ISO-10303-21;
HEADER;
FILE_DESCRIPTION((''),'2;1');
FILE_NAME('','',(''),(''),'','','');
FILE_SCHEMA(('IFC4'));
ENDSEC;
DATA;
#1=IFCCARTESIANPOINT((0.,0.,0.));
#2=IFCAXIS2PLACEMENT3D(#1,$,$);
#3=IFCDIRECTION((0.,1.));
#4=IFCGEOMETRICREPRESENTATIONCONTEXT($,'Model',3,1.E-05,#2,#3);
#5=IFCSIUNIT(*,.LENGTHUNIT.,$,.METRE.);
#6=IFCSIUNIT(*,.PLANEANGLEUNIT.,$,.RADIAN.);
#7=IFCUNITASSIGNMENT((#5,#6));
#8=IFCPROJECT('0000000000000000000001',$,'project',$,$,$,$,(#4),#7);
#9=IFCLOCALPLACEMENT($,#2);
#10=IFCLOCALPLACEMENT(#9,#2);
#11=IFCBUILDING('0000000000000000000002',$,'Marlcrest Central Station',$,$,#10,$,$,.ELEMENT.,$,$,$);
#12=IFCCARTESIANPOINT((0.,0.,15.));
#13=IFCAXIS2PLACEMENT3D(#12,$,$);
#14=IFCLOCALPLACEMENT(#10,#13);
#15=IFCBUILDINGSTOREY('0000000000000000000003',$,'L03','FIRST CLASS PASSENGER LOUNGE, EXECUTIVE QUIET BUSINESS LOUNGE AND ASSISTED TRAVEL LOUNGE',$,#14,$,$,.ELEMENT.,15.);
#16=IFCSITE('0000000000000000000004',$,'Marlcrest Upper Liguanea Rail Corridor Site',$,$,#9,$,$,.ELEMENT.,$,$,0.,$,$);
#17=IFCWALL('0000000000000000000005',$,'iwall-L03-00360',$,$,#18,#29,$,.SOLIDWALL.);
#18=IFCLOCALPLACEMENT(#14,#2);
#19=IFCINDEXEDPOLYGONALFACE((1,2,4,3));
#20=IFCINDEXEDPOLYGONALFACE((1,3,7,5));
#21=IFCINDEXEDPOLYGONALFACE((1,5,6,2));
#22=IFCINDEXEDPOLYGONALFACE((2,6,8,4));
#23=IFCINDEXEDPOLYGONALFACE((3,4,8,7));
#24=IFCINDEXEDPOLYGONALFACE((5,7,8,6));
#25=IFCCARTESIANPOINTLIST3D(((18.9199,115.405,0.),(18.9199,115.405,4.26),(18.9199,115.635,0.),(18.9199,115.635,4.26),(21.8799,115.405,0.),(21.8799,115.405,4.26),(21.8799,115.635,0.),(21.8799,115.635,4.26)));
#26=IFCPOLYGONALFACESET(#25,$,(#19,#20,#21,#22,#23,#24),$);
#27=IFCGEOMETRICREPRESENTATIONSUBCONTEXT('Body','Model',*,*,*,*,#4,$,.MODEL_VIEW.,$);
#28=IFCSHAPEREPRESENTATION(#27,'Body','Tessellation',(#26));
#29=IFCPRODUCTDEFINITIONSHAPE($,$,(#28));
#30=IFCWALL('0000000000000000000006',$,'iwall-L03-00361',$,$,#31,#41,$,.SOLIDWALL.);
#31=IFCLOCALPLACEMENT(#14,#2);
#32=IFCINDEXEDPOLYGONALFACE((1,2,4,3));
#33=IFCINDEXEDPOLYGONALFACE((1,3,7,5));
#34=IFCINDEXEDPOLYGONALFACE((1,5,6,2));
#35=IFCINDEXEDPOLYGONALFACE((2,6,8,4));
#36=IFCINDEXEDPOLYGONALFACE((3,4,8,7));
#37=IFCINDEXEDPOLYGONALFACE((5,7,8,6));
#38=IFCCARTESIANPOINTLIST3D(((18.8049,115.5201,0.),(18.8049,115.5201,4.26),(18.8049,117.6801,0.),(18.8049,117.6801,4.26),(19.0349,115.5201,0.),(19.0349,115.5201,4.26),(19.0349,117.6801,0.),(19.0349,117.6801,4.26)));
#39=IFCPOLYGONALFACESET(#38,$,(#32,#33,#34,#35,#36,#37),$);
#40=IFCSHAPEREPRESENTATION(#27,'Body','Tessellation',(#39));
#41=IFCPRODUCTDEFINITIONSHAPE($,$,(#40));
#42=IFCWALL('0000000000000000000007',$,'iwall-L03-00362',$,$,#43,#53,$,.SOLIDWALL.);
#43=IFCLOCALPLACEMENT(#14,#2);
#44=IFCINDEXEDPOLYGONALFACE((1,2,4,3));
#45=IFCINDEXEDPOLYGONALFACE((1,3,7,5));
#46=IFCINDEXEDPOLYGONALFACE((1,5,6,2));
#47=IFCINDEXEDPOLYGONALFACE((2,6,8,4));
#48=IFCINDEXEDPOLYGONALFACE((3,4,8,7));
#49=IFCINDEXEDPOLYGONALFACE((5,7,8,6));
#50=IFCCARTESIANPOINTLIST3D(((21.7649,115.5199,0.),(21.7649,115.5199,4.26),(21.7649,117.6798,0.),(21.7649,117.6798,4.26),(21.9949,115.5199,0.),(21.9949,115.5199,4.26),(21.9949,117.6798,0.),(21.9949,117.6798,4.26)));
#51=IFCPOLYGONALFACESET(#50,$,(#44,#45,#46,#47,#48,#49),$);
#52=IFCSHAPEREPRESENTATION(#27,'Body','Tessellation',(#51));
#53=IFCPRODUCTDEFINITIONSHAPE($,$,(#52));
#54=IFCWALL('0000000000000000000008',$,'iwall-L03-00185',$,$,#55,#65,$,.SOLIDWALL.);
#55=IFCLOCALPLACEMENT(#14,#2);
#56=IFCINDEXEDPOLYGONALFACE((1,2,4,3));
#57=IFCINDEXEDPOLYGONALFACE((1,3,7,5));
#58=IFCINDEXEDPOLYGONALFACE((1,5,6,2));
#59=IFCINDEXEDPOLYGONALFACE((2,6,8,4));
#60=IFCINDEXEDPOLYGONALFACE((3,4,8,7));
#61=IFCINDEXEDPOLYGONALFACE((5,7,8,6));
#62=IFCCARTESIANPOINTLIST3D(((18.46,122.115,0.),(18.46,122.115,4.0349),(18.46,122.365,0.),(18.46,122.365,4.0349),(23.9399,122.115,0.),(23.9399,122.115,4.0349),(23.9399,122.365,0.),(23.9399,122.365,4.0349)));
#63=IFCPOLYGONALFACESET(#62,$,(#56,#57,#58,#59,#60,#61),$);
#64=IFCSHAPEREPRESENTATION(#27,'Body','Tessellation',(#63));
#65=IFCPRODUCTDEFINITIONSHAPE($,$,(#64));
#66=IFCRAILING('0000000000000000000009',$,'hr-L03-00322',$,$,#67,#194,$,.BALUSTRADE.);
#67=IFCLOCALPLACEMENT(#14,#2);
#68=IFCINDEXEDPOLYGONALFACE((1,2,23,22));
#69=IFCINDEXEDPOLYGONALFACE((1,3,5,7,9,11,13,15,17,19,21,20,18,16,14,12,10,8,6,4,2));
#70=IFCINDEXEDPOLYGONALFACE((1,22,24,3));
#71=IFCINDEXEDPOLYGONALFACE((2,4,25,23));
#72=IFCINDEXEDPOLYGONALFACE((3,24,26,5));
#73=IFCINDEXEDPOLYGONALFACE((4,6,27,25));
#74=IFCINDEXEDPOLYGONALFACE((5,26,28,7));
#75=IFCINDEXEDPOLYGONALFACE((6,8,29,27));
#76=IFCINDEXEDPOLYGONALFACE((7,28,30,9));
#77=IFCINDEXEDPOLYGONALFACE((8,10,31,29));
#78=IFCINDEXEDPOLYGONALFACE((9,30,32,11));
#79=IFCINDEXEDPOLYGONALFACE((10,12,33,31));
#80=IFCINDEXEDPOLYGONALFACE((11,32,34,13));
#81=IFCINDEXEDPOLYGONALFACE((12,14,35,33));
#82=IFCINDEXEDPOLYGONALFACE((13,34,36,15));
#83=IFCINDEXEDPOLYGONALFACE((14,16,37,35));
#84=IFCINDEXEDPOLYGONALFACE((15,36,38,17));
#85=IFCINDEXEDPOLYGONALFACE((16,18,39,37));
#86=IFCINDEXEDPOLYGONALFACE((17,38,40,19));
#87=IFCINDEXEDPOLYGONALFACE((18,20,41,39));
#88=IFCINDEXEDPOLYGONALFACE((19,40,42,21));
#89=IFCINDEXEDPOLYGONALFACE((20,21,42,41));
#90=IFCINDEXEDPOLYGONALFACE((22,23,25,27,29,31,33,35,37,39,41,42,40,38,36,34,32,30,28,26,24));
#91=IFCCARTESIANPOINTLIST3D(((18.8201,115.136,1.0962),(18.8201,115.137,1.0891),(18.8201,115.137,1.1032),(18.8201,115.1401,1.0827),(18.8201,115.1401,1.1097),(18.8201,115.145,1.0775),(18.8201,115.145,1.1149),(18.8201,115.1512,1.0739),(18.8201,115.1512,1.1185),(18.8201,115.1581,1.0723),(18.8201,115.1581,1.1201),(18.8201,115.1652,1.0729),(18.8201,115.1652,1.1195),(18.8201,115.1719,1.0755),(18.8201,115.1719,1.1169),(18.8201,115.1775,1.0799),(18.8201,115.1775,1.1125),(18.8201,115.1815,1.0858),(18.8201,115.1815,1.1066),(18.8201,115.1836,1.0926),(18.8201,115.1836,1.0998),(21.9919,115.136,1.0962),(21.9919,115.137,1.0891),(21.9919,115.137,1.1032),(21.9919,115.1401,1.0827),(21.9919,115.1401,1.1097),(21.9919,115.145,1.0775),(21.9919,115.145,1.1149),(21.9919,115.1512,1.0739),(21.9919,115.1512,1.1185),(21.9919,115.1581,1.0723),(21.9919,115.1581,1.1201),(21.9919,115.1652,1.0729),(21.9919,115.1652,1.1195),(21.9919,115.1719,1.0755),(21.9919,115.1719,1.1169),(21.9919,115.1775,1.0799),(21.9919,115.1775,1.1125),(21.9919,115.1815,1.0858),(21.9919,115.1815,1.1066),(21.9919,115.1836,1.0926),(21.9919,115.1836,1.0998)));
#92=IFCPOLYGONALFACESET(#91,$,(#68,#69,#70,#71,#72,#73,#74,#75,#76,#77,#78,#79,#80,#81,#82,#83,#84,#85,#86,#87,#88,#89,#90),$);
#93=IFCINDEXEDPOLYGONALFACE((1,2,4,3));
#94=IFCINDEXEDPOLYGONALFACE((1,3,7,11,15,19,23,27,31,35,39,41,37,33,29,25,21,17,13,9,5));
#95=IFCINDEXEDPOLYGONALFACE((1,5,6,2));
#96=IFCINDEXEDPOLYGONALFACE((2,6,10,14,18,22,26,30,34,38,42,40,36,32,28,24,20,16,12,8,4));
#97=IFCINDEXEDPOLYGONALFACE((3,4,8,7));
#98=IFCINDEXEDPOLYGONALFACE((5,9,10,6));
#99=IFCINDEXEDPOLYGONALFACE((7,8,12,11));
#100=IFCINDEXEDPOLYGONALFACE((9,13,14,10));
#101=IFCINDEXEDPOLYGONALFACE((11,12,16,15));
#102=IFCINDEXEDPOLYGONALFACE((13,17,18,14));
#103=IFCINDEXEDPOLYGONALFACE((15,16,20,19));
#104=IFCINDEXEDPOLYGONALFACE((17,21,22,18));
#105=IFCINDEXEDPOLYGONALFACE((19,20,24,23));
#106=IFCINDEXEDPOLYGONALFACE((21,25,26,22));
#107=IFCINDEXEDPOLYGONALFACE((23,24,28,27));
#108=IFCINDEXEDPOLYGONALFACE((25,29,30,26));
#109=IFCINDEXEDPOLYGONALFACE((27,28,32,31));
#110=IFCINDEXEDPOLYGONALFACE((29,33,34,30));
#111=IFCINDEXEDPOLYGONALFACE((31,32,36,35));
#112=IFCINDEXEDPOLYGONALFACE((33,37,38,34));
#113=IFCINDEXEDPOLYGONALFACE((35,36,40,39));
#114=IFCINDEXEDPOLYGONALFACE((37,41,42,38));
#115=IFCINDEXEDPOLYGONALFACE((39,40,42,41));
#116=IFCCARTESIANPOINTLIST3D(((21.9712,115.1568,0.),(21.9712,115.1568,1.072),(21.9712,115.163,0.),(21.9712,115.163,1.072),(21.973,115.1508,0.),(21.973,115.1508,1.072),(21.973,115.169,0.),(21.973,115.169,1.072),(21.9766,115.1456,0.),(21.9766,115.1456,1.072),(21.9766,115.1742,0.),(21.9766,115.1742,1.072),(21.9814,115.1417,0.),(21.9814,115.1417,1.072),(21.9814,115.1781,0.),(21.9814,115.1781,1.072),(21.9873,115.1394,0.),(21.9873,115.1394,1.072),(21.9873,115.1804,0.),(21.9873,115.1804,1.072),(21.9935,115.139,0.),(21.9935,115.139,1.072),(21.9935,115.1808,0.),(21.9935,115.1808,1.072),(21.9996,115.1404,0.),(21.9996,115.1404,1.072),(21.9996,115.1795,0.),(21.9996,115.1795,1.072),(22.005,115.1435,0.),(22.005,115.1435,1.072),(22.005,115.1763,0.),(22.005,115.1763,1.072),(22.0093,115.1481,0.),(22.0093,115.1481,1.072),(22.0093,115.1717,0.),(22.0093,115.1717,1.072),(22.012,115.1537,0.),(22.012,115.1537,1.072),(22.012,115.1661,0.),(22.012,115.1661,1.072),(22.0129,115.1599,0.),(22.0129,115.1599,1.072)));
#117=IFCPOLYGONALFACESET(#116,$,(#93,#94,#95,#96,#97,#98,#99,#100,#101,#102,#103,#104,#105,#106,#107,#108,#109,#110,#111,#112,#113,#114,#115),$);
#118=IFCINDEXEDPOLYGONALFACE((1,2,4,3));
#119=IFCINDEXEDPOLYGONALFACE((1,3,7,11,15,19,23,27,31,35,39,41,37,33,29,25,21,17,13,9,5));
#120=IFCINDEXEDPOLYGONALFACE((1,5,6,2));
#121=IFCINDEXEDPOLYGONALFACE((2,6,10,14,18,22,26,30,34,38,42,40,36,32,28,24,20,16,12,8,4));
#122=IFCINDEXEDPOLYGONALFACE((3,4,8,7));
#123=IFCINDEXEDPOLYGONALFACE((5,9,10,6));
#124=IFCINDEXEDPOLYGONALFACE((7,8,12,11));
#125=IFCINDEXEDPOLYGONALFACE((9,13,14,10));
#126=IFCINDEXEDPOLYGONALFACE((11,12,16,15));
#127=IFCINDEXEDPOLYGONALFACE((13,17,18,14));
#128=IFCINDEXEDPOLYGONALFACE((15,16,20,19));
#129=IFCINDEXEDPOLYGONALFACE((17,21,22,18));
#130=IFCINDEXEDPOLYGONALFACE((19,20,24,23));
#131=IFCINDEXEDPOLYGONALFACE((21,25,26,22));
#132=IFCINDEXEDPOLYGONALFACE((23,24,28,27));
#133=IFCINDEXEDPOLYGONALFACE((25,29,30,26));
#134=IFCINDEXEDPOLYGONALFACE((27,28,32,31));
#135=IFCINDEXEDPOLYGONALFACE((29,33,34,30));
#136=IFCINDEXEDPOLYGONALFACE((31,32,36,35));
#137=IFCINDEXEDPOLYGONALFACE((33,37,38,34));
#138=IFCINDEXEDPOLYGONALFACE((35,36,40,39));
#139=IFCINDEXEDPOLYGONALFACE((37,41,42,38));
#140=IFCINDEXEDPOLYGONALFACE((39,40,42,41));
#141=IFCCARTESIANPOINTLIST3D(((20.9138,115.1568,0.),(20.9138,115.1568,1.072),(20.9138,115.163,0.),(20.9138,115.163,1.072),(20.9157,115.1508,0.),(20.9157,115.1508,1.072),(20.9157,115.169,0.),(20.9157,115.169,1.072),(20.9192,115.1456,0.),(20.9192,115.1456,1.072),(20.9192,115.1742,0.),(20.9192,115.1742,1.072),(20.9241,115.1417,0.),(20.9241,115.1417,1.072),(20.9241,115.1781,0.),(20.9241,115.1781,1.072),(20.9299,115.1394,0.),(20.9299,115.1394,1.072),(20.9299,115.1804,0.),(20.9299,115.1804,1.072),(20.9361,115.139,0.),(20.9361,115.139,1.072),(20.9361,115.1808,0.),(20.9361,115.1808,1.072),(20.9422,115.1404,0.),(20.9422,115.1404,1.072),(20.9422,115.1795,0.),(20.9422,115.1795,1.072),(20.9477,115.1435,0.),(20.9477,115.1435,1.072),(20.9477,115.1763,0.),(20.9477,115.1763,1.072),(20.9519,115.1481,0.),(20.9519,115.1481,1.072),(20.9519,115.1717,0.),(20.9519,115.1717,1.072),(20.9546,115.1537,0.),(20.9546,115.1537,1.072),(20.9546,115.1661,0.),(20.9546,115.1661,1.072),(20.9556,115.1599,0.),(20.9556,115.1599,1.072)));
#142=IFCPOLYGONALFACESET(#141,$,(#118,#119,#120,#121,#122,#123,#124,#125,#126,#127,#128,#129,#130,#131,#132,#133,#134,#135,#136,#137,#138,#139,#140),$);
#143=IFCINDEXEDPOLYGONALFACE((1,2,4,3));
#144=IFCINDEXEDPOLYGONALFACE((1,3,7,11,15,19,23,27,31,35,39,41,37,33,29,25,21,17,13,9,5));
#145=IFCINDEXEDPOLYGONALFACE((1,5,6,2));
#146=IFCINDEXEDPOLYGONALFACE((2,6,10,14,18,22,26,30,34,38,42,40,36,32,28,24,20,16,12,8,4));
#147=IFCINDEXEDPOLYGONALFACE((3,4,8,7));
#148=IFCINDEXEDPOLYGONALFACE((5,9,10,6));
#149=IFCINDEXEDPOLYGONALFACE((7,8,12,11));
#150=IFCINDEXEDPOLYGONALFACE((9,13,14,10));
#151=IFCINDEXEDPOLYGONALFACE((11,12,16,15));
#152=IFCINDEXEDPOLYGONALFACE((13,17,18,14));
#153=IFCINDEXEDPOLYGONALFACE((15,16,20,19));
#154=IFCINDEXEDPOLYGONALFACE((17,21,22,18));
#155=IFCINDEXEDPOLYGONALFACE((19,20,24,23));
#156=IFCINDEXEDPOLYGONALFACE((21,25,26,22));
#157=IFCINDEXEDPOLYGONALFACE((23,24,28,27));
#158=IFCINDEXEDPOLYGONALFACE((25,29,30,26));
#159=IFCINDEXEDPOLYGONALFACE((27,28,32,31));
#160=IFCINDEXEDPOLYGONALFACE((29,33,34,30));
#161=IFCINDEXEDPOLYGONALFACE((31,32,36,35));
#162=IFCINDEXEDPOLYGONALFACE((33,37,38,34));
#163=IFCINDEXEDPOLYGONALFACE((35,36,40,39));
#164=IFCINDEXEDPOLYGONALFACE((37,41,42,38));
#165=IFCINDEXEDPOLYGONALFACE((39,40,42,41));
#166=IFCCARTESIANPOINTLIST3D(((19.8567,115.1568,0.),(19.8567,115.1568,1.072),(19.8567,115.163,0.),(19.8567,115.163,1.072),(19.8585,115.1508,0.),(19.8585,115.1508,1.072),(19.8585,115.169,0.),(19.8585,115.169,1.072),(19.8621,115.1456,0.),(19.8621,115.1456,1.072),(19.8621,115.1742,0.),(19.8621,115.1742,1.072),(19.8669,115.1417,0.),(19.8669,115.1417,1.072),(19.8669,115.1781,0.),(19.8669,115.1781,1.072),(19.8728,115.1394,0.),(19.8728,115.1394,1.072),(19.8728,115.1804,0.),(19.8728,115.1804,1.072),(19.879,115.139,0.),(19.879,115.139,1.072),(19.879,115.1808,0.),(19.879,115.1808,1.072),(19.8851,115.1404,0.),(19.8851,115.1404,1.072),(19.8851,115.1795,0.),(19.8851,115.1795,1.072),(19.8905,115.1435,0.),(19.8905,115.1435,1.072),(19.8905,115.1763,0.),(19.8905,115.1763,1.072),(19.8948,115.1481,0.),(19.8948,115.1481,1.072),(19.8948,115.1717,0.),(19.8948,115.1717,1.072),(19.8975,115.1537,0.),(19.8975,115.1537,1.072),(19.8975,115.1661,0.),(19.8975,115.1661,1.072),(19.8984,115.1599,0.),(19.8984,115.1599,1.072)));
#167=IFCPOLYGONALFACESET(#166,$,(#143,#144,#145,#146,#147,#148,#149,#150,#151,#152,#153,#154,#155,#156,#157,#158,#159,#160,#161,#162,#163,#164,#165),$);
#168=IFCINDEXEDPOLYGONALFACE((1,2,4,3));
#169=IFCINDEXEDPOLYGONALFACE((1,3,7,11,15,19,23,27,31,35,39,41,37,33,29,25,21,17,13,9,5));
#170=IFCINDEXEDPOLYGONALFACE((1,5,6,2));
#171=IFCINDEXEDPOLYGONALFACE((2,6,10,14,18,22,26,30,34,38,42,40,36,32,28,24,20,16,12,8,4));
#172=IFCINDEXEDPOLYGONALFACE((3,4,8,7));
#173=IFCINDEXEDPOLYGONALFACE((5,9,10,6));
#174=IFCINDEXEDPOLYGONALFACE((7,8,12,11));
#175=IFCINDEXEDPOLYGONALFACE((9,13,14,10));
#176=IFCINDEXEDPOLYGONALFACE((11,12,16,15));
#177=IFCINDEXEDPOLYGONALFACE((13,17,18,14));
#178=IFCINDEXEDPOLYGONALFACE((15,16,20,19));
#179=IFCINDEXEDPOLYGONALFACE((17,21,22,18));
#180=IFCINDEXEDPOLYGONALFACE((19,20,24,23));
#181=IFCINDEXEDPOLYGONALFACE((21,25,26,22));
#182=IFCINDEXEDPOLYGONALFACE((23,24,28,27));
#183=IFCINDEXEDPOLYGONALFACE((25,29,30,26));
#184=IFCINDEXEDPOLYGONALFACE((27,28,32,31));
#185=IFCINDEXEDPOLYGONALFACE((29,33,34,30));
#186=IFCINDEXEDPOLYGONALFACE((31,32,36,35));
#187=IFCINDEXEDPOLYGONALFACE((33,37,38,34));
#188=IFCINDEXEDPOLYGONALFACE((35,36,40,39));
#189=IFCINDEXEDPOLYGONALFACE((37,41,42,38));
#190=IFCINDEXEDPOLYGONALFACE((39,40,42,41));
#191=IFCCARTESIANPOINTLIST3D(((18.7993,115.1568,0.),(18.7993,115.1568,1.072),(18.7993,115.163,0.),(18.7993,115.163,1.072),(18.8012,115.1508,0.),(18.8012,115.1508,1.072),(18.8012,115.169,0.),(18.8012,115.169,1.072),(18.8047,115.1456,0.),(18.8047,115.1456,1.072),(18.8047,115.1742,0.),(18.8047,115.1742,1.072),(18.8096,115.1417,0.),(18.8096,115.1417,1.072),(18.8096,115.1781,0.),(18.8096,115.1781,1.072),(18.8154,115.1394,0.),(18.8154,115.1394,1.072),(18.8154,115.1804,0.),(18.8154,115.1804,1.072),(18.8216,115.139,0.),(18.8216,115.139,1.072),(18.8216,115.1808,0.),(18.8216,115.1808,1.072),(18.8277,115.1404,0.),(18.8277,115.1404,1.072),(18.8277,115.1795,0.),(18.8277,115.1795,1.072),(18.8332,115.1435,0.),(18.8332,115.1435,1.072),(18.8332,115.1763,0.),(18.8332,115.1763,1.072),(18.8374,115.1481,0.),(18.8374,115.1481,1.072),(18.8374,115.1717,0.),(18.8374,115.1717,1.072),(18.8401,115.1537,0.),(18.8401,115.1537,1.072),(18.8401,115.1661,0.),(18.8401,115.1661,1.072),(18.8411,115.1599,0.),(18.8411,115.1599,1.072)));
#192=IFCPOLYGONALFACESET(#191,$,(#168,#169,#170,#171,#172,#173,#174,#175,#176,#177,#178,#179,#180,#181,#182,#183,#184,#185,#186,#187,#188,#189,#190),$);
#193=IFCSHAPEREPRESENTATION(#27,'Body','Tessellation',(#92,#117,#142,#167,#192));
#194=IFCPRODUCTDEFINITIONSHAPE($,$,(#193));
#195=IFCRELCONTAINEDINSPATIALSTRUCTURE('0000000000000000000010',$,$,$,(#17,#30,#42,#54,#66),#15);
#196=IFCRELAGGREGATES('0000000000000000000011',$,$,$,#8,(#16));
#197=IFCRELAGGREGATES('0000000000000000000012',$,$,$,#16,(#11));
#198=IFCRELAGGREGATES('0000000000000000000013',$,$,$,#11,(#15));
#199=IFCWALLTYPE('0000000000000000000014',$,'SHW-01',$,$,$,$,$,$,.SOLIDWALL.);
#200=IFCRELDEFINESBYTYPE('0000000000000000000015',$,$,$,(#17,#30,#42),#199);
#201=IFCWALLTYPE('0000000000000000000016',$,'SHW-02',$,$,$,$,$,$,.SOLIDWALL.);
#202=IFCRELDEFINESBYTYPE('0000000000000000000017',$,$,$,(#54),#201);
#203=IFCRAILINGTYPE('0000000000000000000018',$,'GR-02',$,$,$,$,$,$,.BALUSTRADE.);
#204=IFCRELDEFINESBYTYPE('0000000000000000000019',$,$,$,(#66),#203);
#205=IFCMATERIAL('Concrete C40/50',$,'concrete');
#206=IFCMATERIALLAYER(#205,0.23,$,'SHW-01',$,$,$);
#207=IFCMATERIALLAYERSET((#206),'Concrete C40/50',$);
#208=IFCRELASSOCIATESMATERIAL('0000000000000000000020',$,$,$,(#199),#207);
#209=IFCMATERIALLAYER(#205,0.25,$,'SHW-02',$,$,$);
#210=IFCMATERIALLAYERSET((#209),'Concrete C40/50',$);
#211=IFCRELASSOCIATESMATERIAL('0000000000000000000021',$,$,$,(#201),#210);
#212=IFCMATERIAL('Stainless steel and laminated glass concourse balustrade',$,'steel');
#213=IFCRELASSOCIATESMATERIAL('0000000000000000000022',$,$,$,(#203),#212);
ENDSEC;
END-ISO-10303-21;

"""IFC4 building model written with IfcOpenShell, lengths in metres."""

from ifc_helpers import new_model, si_unit, direction, frame, frame_2d, origin, origin_2d, place, context, subcontext, project, spatial, rectangle, circle, extrude, material, layer, layer_set, type_object, element, save


model = new_model("IFC4")

# Units and contexts
model_context = context("Model", 3, precision=1e-05, world=origin(), true_north=direction((0.0, 1.0)))
body_context = subcontext(model_context, "Body", "Model", "MODEL_VIEW")
ifc_project = project(units=[si_unit("LENGTHUNIT", "METRE"), si_unit("PLANEANGLEUNIT", "RADIAN")], contexts=[model_context])

# Site, building, storey
site_placement = place(None, origin())
site = spatial("IfcSite", under=ifc_project, at=site_placement, Name="Marlcrest Upper Liguanea Rail Corridor Site", CompositionType="ELEMENT", RefElevation=0.0)
building_placement = place(site_placement, origin())
building = spatial("IfcBuilding", under=site, at=building_placement, Name="Marlcrest Central Station", CompositionType="ELEMENT")
storey_placement = place(building_placement, frame((0.0, 0.0, 15.0)))
storey = spatial("IfcBuildingStorey", under=building, at=storey_placement, Name="L03", Description="FIRST CLASS PASSENGER LOUNGE, EXECUTIVE QUIET BUSINESS LOUNGE AND ASSISTED TRAVEL LOUNGE", CompositionType="ELEMENT", Elevation=15.0)

# Shared definitions
ifc_material_1 = material(Name="Concrete C40/50", Category="concrete")

# Shared definitions
ifc_layer_1 = layer(ifc_material_1, 0.23, Name="SHW-01")
ifc_layer_set_1 = layer_set([ifc_layer_1], Name="Concrete C40/50")
wall_type_1 = type_object("IfcWallType", Name="SHW-01", PredefinedType="SOLIDWALL", material=ifc_layer_set_1)

# Walls
wall_1_placement = place(storey_placement, frame((21.8799, 115.52, 0.0), z_axis=(0.0, 0.0, 1.0), x_axis=(-1.0, 0.0, 0.0)))
element("IfcWall", 1, at=wall_1_placement, inside=storey, type_object=wall_type_1, Name="iwall-L03-00360", PredefinedType="SOLIDWALL", context=body_context, shape_type="SweptSolid", body=[
    extrude(rectangle(XDim=2.96, YDim=0.23, at=frame_2d((1.48, 0.0))), origin(), (0.0, 0.0, 1.0), 4.26),
])
for number, where, z_axis, x_axis, name in (
    (2, (18.9199, 115.52, 0.0), (0.0, 0.0, 1.0), (0.0, 1.0, 0.0), "iwall-L03-00361"),
    (3, (21.8799, 117.6799, 0.0), (0.0, 0.0, 1.0), (0.0, -1.0, 0.0), "iwall-L03-00362"),
):
    element("IfcWall", number, at=place(storey_placement, frame(where, z_axis=z_axis, x_axis=x_axis)), inside=storey, type_object=wall_type_1, Name=name, PredefinedType="SOLIDWALL", context=body_context, shape_type="SweptSolid", body=[
        extrude(rectangle(XDim=2.1599, YDim=0.23, at=frame_2d((1.0801, 0.0))), origin(), (0.0, 0.0, 1.0), 4.26),
    ])
ifc_layer_2 = layer(ifc_material_1, 0.25, Name="SHW-02")
ifc_layer_set_2 = layer_set([ifc_layer_2], Name="Concrete C40/50")
wall_type_2 = type_object("IfcWallType", Name="SHW-02", PredefinedType="SOLIDWALL", material=ifc_layer_set_2)
wall_2_placement = place(storey_placement, frame((18.46, 122.24, 0.0), z_axis=(0.0, 0.0, 1.0), x_axis=(1.0, 0.0, 0.0)))
element("IfcWall", 4, at=wall_2_placement, inside=storey, type_object=wall_type_2, Name="iwall-L03-00185", PredefinedType="SOLIDWALL", context=body_context, shape_type="SweptSolid", body=[
    extrude(rectangle(XDim=5.48, YDim=0.25, at=frame_2d((2.74, 0.0))), origin(), (0.0, 0.0, 1.0), 4.0349),
])

# Railing
ifc_material_2 = material(Name="Stainless steel and laminated glass concourse balustrade", Category="steel")
railing_type_1 = type_object("IfcRailingType", Name="GR-02", PredefinedType="BALUSTRADE", material=ifc_material_2)
railing_1_placement = place(storey_placement, frame((21.9919, 115.1599, 0.0)))
element("IfcRailing", 5, at=railing_1_placement, inside=storey, type_object=railing_type_1, Name="hr-L03-00322", PredefinedType="BALUSTRADE", context=body_context, shape_type="SweptSolid", body=[
    extrude(circle(Radius=0.0239, at=origin_2d()), frame((0.0, 0.0, 1.0962), z_axis=(-1.0, 0.0, 0.0), x_axis=(0.0, -1.0, 0.0)), (0.0, 0.0, 1.0), 3.1719),
    extrude(circle(Radius=0.021, at=origin_2d()), origin(), (0.0, 0.0, 1.0), 1.072),
    extrude(circle(Radius=0.021, at=origin_2d()), frame((-1.0574, 0.0, 0.0)), (0.0, 0.0, 1.0), 1.072),
    extrude(circle(Radius=0.021, at=origin_2d()), frame((-2.1145, 0.0, 0.0)), (0.0, 0.0, 1.0), 1.072),
    extrude(circle(Radius=0.021, at=origin_2d()), frame((-3.1719, 0.0, 0.0)), (0.0, 0.0, 1.0), 1.072),
])

save(model, "model.ifc")
